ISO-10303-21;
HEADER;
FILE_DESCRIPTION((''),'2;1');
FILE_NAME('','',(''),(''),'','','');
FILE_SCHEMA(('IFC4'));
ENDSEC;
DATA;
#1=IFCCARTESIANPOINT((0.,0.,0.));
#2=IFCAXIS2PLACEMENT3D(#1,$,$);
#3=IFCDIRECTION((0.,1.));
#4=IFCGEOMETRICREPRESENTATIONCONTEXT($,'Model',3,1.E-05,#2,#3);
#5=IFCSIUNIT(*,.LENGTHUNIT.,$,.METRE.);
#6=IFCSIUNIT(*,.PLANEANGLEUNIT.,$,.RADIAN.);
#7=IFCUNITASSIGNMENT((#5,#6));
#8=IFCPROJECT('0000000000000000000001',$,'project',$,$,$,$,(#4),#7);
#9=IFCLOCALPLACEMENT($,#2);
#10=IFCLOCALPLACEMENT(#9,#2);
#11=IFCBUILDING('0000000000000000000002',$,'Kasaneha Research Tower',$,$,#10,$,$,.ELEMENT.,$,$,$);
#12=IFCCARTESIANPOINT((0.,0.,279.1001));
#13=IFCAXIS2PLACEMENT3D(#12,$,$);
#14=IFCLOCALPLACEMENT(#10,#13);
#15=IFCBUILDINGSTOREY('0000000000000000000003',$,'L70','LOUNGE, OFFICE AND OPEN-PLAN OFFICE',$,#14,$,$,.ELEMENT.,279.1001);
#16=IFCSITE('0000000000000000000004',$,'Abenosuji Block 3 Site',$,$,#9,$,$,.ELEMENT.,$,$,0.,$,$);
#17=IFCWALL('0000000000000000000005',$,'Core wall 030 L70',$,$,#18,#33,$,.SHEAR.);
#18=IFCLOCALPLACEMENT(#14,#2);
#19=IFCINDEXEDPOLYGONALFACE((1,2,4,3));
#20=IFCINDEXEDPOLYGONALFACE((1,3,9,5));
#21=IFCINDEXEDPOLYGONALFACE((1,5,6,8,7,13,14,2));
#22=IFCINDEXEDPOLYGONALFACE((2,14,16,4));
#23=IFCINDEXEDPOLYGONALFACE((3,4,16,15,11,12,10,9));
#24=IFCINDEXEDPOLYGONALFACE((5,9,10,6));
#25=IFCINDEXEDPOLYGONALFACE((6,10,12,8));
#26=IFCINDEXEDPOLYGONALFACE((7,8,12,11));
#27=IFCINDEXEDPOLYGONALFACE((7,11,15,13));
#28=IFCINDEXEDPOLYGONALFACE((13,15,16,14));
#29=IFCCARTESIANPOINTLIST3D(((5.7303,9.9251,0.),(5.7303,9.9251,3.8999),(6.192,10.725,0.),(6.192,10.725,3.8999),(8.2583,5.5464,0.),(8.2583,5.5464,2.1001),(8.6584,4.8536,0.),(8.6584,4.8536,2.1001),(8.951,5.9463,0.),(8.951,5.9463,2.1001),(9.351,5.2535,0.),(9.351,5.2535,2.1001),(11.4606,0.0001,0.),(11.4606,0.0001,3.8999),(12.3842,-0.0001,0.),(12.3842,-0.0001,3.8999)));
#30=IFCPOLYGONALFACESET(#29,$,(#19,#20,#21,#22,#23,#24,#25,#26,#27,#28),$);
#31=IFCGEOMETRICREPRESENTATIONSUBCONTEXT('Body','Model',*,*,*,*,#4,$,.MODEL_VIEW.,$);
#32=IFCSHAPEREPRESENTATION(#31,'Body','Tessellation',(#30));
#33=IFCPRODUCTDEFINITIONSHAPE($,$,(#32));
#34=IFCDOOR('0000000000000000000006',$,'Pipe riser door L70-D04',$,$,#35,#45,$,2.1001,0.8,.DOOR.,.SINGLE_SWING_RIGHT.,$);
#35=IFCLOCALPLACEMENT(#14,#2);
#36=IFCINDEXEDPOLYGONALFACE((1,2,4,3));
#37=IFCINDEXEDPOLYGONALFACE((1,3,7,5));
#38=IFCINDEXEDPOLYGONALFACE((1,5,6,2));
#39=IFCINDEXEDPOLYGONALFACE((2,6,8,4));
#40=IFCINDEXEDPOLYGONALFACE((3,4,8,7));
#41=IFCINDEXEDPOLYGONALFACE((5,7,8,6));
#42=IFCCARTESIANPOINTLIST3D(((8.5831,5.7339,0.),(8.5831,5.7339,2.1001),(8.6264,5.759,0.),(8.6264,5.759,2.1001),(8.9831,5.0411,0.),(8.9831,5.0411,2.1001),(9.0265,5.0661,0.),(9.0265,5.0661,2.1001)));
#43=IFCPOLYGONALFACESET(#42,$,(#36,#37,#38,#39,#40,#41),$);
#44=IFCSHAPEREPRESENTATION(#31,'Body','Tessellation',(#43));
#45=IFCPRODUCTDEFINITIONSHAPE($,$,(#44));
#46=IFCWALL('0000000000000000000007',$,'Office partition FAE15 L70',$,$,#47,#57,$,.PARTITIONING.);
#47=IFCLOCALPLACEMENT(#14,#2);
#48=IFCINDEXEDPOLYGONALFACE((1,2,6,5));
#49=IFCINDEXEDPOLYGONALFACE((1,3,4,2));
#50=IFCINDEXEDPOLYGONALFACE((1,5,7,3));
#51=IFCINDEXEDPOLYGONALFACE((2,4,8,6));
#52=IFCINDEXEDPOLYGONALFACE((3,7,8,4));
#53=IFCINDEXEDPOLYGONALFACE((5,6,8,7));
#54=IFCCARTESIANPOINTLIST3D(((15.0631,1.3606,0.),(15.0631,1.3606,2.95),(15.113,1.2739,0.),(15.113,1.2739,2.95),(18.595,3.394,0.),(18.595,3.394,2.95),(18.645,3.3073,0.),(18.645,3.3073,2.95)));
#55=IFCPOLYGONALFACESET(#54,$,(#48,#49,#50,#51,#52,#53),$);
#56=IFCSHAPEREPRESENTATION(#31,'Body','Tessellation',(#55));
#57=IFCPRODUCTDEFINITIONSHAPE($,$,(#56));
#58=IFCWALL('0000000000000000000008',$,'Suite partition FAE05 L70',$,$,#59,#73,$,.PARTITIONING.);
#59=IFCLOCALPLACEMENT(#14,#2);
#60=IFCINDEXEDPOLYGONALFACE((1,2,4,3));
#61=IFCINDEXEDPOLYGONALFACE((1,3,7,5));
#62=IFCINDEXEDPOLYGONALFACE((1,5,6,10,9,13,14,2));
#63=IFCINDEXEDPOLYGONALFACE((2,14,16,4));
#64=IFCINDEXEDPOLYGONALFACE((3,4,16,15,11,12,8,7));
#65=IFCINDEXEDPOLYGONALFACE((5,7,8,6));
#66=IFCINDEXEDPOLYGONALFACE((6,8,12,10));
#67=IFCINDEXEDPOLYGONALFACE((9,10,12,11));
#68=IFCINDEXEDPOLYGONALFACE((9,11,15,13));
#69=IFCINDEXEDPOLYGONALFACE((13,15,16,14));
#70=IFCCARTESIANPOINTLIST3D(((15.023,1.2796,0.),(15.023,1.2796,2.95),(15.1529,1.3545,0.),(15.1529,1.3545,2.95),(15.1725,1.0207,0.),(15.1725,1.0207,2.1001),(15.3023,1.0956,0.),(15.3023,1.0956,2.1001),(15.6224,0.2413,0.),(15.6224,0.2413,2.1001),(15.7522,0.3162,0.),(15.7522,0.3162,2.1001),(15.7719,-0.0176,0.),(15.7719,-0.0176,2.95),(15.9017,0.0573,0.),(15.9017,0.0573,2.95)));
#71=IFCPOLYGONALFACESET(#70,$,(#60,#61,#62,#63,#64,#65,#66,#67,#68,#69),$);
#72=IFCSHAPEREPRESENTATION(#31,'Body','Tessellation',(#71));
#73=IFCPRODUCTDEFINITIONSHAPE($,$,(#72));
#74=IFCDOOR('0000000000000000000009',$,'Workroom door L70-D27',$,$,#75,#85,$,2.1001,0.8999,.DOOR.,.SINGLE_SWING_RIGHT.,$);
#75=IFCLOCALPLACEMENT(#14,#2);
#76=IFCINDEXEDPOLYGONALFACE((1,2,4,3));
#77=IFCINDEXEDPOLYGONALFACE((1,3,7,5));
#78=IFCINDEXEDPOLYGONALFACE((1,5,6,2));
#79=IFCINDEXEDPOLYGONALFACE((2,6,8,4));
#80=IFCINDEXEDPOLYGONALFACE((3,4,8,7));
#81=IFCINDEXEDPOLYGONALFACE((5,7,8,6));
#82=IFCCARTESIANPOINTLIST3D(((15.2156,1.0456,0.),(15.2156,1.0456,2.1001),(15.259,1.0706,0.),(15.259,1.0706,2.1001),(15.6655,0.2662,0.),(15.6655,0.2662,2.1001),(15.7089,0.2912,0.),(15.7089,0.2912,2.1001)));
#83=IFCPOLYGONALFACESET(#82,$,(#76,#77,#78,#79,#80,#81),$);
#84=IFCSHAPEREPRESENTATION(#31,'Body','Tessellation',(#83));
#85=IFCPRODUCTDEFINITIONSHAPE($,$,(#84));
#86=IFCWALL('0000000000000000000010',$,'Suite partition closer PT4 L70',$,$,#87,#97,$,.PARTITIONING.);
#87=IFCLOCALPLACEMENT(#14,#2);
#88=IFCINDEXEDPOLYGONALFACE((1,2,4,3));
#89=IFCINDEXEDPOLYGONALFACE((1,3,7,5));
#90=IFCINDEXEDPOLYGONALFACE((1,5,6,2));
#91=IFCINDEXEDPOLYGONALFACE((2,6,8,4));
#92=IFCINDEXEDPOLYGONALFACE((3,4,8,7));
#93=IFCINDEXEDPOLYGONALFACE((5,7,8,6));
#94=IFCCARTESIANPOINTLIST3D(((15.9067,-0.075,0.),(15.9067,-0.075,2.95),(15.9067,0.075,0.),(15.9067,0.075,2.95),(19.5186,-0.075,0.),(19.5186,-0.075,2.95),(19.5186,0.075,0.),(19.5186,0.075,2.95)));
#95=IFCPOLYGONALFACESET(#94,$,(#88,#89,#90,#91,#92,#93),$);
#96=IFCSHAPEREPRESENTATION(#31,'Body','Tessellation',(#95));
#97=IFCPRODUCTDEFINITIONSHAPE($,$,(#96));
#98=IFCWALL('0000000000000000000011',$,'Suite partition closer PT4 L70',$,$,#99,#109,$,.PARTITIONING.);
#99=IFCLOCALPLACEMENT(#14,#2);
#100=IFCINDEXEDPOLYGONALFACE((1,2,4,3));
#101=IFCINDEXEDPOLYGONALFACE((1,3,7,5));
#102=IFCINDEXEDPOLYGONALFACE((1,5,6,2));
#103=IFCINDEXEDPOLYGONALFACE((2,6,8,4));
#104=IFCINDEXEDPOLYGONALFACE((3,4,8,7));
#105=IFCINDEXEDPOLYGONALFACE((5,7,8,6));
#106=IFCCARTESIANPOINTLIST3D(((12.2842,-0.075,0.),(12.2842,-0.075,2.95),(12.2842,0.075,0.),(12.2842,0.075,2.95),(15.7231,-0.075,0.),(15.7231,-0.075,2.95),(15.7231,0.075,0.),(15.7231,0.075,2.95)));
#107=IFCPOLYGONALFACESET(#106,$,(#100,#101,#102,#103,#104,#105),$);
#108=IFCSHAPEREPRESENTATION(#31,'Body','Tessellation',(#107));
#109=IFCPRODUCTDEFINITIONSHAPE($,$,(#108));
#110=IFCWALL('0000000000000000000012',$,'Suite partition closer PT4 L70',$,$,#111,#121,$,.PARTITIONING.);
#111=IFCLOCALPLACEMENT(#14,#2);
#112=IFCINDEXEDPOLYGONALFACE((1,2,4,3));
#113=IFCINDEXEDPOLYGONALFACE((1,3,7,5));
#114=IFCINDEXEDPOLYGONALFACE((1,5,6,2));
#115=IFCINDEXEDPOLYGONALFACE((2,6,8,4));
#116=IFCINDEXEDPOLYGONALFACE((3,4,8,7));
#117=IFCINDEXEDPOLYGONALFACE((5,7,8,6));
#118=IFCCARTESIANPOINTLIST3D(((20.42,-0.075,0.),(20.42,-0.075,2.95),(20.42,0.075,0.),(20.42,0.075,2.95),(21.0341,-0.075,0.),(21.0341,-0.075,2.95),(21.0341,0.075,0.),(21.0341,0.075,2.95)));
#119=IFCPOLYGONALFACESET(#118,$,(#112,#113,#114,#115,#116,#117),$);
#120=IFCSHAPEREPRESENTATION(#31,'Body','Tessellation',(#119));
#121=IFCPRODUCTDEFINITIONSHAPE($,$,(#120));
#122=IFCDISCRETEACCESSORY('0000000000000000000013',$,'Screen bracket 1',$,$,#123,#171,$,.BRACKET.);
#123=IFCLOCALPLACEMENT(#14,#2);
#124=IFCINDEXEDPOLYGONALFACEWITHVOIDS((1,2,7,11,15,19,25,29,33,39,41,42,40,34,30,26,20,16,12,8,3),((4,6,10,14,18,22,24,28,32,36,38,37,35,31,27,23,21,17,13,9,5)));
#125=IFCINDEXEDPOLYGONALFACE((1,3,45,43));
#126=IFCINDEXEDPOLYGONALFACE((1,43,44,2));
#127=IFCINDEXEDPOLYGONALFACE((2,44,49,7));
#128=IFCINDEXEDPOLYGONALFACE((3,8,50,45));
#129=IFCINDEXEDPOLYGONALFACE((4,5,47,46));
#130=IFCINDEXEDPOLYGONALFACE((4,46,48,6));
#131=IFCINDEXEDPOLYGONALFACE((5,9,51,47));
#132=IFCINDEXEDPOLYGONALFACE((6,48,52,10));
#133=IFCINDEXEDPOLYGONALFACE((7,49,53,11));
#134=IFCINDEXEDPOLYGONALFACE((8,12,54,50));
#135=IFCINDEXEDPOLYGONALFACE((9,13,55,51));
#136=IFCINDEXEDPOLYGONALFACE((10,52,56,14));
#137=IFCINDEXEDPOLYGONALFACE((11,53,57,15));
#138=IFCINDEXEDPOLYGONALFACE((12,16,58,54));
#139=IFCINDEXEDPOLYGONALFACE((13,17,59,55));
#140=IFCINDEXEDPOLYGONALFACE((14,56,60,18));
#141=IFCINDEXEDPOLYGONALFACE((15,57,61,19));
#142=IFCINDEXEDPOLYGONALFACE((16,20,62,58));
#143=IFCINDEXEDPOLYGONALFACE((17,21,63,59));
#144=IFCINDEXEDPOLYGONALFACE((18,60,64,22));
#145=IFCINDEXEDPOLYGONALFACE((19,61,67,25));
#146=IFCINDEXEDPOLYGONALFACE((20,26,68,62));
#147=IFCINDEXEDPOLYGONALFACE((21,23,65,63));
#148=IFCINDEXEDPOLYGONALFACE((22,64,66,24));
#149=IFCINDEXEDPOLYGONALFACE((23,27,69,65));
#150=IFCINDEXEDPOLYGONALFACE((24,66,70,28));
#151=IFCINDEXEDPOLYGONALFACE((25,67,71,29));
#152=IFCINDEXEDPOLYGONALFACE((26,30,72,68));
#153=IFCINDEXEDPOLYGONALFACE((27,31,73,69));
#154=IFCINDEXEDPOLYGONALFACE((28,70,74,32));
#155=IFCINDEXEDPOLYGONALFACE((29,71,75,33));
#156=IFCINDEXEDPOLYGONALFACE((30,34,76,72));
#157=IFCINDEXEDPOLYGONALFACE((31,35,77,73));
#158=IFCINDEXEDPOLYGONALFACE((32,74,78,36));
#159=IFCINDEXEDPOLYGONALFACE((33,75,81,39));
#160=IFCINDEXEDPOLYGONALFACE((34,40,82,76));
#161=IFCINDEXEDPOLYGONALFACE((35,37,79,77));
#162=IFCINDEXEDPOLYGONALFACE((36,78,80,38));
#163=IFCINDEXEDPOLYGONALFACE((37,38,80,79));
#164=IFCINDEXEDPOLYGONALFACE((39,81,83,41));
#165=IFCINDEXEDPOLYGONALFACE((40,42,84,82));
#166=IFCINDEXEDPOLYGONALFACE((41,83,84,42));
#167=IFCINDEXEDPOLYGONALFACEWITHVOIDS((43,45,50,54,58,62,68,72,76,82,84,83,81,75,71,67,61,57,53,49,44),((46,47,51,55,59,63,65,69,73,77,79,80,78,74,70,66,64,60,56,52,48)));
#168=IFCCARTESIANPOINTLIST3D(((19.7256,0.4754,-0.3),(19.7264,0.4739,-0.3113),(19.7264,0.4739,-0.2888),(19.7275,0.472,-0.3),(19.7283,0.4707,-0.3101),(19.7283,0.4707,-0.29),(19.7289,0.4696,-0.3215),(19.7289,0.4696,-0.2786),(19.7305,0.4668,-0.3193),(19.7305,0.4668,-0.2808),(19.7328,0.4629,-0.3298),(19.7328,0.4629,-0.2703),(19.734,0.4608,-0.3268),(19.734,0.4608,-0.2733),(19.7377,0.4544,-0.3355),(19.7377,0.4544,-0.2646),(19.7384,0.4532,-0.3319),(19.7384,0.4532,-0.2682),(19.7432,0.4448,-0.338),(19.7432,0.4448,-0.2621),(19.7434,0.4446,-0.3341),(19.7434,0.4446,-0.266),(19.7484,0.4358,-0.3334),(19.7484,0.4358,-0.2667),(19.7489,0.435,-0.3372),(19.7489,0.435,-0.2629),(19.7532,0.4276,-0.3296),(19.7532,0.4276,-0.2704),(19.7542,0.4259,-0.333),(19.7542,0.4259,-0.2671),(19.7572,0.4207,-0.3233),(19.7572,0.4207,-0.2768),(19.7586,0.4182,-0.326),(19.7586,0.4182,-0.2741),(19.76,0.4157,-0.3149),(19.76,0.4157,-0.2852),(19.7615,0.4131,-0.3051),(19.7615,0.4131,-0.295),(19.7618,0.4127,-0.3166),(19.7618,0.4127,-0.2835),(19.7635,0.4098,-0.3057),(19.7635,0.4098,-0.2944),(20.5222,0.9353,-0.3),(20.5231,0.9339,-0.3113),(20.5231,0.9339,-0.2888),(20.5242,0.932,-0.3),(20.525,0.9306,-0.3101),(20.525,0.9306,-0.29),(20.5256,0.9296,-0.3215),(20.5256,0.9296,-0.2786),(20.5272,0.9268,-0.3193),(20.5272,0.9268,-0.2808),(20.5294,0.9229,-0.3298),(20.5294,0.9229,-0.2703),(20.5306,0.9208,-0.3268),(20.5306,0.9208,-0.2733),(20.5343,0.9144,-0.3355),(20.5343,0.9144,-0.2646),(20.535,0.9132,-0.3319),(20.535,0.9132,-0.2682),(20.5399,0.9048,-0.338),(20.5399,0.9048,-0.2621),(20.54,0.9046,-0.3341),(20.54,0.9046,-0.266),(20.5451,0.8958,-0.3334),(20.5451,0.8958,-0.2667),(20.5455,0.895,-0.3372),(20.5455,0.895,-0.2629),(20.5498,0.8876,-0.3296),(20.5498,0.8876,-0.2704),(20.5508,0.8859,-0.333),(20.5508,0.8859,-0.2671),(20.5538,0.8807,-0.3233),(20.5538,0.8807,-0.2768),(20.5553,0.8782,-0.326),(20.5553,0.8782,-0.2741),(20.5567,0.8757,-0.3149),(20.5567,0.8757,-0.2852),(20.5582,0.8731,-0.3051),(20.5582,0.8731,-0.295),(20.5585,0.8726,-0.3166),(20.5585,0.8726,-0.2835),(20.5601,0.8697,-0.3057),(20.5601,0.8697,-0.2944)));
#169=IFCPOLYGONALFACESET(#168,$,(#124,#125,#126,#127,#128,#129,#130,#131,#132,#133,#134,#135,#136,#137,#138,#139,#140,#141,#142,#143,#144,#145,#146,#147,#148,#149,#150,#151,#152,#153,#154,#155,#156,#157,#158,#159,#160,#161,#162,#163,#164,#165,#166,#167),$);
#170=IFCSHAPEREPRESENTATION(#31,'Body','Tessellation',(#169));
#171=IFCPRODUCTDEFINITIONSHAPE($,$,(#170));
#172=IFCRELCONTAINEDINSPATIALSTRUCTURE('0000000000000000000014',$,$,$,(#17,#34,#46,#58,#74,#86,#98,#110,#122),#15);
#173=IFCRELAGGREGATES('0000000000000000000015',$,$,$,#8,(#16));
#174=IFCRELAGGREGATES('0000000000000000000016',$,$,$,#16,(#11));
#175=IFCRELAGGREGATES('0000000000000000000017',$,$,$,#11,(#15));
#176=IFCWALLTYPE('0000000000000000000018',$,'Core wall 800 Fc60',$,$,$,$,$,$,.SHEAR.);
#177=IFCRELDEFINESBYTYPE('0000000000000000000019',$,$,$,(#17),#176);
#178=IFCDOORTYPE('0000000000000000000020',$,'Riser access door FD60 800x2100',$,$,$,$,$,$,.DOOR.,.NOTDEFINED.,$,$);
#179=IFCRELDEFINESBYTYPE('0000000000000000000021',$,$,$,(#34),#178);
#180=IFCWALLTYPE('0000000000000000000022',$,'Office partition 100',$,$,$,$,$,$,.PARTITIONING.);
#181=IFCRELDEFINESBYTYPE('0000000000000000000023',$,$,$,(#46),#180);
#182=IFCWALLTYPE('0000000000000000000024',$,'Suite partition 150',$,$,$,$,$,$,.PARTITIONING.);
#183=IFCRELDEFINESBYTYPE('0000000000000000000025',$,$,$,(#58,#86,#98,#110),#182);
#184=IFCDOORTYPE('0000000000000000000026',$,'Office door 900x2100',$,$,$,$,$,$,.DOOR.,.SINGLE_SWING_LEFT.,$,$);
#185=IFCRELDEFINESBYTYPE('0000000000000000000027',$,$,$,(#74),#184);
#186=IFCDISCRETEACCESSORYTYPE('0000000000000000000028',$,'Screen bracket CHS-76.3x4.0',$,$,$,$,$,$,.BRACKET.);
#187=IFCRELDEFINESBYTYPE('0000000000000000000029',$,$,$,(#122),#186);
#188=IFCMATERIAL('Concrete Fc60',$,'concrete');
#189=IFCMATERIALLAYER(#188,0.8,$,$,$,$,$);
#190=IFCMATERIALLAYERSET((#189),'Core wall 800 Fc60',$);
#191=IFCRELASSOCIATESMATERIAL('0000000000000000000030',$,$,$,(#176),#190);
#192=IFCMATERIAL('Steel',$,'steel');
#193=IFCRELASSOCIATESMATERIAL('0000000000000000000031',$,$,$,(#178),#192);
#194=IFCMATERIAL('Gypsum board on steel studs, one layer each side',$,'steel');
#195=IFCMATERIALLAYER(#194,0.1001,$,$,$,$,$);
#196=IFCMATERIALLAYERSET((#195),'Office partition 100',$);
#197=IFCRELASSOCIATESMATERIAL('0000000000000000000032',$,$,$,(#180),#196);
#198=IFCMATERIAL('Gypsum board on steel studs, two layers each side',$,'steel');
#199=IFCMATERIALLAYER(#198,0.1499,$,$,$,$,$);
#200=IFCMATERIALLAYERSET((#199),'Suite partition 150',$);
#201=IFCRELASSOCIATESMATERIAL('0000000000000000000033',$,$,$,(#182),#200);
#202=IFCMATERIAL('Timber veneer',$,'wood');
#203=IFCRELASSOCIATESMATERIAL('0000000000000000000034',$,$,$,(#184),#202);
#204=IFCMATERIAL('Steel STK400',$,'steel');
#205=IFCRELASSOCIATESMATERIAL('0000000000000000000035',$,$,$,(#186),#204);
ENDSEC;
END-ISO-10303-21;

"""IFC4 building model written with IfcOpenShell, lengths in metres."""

from ifc_helpers import new_model, si_unit, direction, frame, frame_2d, origin, origin_2d, place, context, subcontext, project, spatial, polyline, rectangle, hollow_circle, outline, extrude, material, layer, layer_set, material_profile, profile_set, type_object, element, fill, save


model = new_model("IFC4")

# Units and contexts
model_context = context("Model", 3, precision=1e-05, world=origin(), true_north=direction((0.0, 1.0)))
body_context = subcontext(model_context, "Body", "Model", "MODEL_VIEW")
ifc_project = project(units=[si_unit("LENGTHUNIT", "METRE"), si_unit("PLANEANGLEUNIT", "RADIAN")], contexts=[model_context])

# Site, building, storey
site_placement = place(None, origin())
site = spatial("IfcSite", under=ifc_project, at=site_placement, Name="Abenosuji Block 3 Site", CompositionType="ELEMENT", RefElevation=0.0)
building_placement = place(site_placement, origin())
building = spatial("IfcBuilding", under=site, at=building_placement, Name="Kasaneha Research Tower", CompositionType="ELEMENT")
storey_placement = place(building_placement, frame((0.0, 0.0, 279.1001)))
storey = spatial("IfcBuildingStorey", under=building, at=storey_placement, Name="L70", Description="LOUNGE, OFFICE AND OPEN-PLAN OFFICE", CompositionType="ELEMENT", Elevation=279.1001)

# Wall, opening, door
ifc_material_1 = material(Name="Concrete Fc60", Category="concrete")
ifc_layer_1 = layer(ifc_material_1, 0.8)
ifc_layer_set_1 = layer_set([ifc_layer_1], Name="Core wall 800 Fc60")
wall_type_1 = type_object("IfcWallType", Name="Core wall 800 Fc60", PredefinedType="SHEAR", material=ifc_layer_set_1)
wall_1_placement = place(storey_placement, frame((11.9224, 0.0, 0.0), z_axis=(0.0, 0.0, 1.0), x_axis=(-0.500004, 0.866023, 0.0)))
wall_1 = element("IfcWall", 1, at=wall_1_placement, inside=storey, type_object=wall_type_1, Name="Core wall 030 L70", PredefinedType="SHEAR", context=body_context, shape_type="SweptSolid", body=[
    extrude(outline(polyline([(-0.231, -0.3999), (5.8354, -0.3999), (6.6355, -0.3999), (12.1533, -0.3999), (11.6914, 0.3999), (6.6355, 0.3999), (5.8354, 0.3999), (0.231, 0.3999), (-0.231, -0.3999)])), origin(), (0.0, 0.0, 1.0), 3.8999),
])
opening_1_placement = place(wall_1_placement, frame((5.8354, 0.0, 0.0)))
opening_1 = element("IfcOpeningElement", 2, at=opening_1_placement, cuts=wall_1, PredefinedType="OPENING", context=body_context, shape_type="SweptSolid", body=[
    extrude(rectangle(XDim=0.8, YDim=2.1001, at=frame_2d((0.3999, 1.05))), frame((0.0, 0.4102, 0.0), z_axis=(0.0, -1.0, 0.0), x_axis=(1.0, 0.0, 0.0)), (0.0, 0.0, 1.0), 0.8201),
])
ifc_material_2 = material(Name="Steel", Category="steel")
door_type_1 = type_object("IfcDoorType", Name="Riser access door FD60 800x2100", OperationType="NOTDEFINED", PredefinedType="DOOR", material=ifc_material_2)
door_1_placement = place(opening_1_placement, origin())
door_1 = element("IfcDoor", 3, at=door_1_placement, inside=storey, type_object=door_type_1, Name="Pipe riser door L70-D04", OperationType="SINGLE_SWING_RIGHT", OverallHeight=2.1001, OverallWidth=0.8, PredefinedType="DOOR", context=body_context, shape_type="SweptSolid", body=[
    extrude(rectangle(XDim=0.8, YDim=2.1001, at=frame_2d((0.3999, 1.05))), frame((0.0, 0.0249, 0.0), z_axis=(0.0, -1.0, 0.0), x_axis=(1.0, 0.0, 0.0)), (0.0, 0.0, 1.0), 0.05),
])
fill(opening_1, door_1)

# Wall
ifc_material_3 = material(Name="Gypsum board on steel studs, one layer each side", Category="steel")
ifc_layer_2 = layer(ifc_material_3, 0.1001)
ifc_layer_set_2 = layer_set([ifc_layer_2], Name="Office partition 100")
wall_type_2 = type_object("IfcWallType", Name="Office partition 100", PredefinedType="PARTITIONING", material=ifc_layer_set_2)
wall_2_placement = place(storey_placement, frame((18.6199, 3.3506, 0.0), z_axis=(0.0, 0.0, 1.0), x_axis=(-0.866635, -0.498943, 0.0)))
element("IfcWall", 4, at=wall_2_placement, inside=storey, type_object=wall_type_2, Name="Office partition FAE15 L70", PredefinedType="PARTITIONING", context=body_context, shape_type="SweptSolid", body=[
    extrude(rectangle(XDim=4.0754, YDim=0.1001, at=frame_2d((2.0376, 0.0))), origin(), (0.0, 0.0, 1.0), 2.95),
])

# Wall, opening, door
ifc_material_4 = material(Name="Gypsum board on steel studs, two layers each side", Category="steel")
ifc_layer_3 = layer(ifc_material_4, 0.1499)
ifc_layer_set_3 = layer_set([ifc_layer_3], Name="Suite partition 150")
wall_type_3 = type_object("IfcWallType", Name="Suite partition 150", PredefinedType="PARTITIONING", material=ifc_layer_set_3)
wall_3_placement = place(storey_placement, frame((15.0879, 1.3171, 0.0), z_axis=(0.0, 0.0, 1.0), x_axis=(0.499944, -0.866058, 0.0)))
wall_3 = element("IfcWall", 5, at=wall_3_placement, inside=storey, type_object=wall_type_3, Name="Suite partition FAE05 L70", PredefinedType="PARTITIONING", context=body_context, shape_type="SweptSolid", body=[
    extrude(rectangle(XDim=1.4978, YDim=0.1499, at=frame_2d((0.749, 0.0))), origin(), (0.0, 0.0, 1.0), 2.95),
])
opening_2_placement = place(wall_3_placement, frame((0.2991, 0.0, 0.0)))
opening_2 = element("IfcOpeningElement", 6, at=opening_2_placement, cuts=wall_3, PredefinedType="OPENING", context=body_context, shape_type="SweptSolid", body=[
    extrude(rectangle(XDim=0.8999, YDim=2.1001, at=frame_2d((0.45, 1.05))), frame((0.0, 0.085, 0.0), z_axis=(0.0, -1.0, 0.0), x_axis=(1.0, 0.0, 0.0)), (0.0, 0.0, 1.0), 0.1699),
])
ifc_material_5 = material(Name="Timber veneer", Category="wood")
door_type_2 = type_object("IfcDoorType", Name="Office door 900x2100", OperationType="SINGLE_SWING_LEFT", PredefinedType="DOOR", material=ifc_material_5)
door_2_placement = place(opening_2_placement, origin())
door_2 = element("IfcDoor", 7, at=door_2_placement, inside=storey, type_object=door_type_2, Name="Workroom door L70-D27", OperationType="SINGLE_SWING_RIGHT", OverallHeight=2.1001, OverallWidth=0.8999, PredefinedType="DOOR", context=body_context, shape_type="SweptSolid", body=[
    extrude(rectangle(XDim=0.8999, YDim=2.1001, at=frame_2d((0.45, 1.05))), frame((0.0, 0.0249, 0.0), z_axis=(0.0, -1.0, 0.0), x_axis=(1.0, 0.0, 0.0)), (0.0, 0.0, 1.0), 0.05),
])
fill(opening_2, door_2)

# Walls
wall_4_placement = place(storey_placement, frame((19.5186, 0.0, 0.0), z_axis=(0.0, 0.0, 1.0), x_axis=(-1.0, 0.0, 0.0)))
element("IfcWall", 8, at=wall_4_placement, inside=storey, type_object=wall_type_3, Name="Suite partition closer PT4 L70", PredefinedType="PARTITIONING", context=body_context, shape_type="SweptSolid", body=[
    extrude(rectangle(XDim=3.6118, YDim=0.1499, at=frame_2d((1.8059, 0.0))), origin(), (0.0, 0.0, 1.0), 2.95),
])
wall_5_placement = place(storey_placement, frame((12.2842, 0.0, 0.0), z_axis=(0.0, 0.0, 1.0), x_axis=(1.0, 0.0, 0.0)))
element("IfcWall", 9, at=wall_5_placement, inside=storey, type_object=wall_type_3, Name="Suite partition closer PT4 L70", PredefinedType="PARTITIONING", context=body_context, shape_type="SweptSolid", body=[
    extrude(rectangle(XDim=3.439, YDim=0.1499, at=frame_2d((1.7195, 0.0))), origin(), (0.0, 0.0, 1.0), 2.95),
])
wall_6_placement = place(storey_placement, frame((20.4199, 0.0, 0.0), z_axis=(0.0, 0.0, 1.0), x_axis=(1.0, 0.0, 0.0)))
element("IfcWall", 10, at=wall_6_placement, inside=storey, type_object=wall_type_3, Name="Suite partition closer PT4 L70", PredefinedType="PARTITIONING", context=body_context, shape_type="SweptSolid", body=[
    extrude(rectangle(XDim=0.614, YDim=0.1499, at=frame_2d((0.3071, 0.0))), origin(), (0.0, 0.0, 1.0), 2.95),
])

# Discrete accessory
ifc_material_6 = material(Name="Steel STK400", Category="steel")
ifc_material_profile_1 = material_profile(ifc_material_6, hollow_circle(Radius=0.0381, WallThickness=0.0039, at=origin_2d()), Name="CHS-76.3x4.0")
ifc_profile_set_1 = profile_set([ifc_material_profile_1], Name="Steel STK400")
discrete_accessory_type = type_object("IfcDiscreteAccessoryType", Name="Screen bracket CHS-76.3x4.0", PredefinedType="BRACKET", material=ifc_profile_set_1)
for number, where, z_axis, x_axis, name in (
    (11, (19.7446, 0.4424, -0.3), (0.866013, 0.500021, 0.0), (-0.500021, 0.866013, 0.0), "Screen bracket 1"),
):
    element("IfcDiscreteAccessory", number, at=place(storey_placement, frame(where, z_axis=z_axis, x_axis=x_axis)), inside=storey, type_object=discrete_accessory_type, Name=name, PredefinedType="BRACKET", context=body_context, shape_type="SweptSolid", body=[
        extrude(hollow_circle(Radius=0.0381, WallThickness=0.0039, at=origin_2d()), origin(), (0.0, 0.0, 1.0), 0.9199),
    ])

save(model, "model.ifc")
